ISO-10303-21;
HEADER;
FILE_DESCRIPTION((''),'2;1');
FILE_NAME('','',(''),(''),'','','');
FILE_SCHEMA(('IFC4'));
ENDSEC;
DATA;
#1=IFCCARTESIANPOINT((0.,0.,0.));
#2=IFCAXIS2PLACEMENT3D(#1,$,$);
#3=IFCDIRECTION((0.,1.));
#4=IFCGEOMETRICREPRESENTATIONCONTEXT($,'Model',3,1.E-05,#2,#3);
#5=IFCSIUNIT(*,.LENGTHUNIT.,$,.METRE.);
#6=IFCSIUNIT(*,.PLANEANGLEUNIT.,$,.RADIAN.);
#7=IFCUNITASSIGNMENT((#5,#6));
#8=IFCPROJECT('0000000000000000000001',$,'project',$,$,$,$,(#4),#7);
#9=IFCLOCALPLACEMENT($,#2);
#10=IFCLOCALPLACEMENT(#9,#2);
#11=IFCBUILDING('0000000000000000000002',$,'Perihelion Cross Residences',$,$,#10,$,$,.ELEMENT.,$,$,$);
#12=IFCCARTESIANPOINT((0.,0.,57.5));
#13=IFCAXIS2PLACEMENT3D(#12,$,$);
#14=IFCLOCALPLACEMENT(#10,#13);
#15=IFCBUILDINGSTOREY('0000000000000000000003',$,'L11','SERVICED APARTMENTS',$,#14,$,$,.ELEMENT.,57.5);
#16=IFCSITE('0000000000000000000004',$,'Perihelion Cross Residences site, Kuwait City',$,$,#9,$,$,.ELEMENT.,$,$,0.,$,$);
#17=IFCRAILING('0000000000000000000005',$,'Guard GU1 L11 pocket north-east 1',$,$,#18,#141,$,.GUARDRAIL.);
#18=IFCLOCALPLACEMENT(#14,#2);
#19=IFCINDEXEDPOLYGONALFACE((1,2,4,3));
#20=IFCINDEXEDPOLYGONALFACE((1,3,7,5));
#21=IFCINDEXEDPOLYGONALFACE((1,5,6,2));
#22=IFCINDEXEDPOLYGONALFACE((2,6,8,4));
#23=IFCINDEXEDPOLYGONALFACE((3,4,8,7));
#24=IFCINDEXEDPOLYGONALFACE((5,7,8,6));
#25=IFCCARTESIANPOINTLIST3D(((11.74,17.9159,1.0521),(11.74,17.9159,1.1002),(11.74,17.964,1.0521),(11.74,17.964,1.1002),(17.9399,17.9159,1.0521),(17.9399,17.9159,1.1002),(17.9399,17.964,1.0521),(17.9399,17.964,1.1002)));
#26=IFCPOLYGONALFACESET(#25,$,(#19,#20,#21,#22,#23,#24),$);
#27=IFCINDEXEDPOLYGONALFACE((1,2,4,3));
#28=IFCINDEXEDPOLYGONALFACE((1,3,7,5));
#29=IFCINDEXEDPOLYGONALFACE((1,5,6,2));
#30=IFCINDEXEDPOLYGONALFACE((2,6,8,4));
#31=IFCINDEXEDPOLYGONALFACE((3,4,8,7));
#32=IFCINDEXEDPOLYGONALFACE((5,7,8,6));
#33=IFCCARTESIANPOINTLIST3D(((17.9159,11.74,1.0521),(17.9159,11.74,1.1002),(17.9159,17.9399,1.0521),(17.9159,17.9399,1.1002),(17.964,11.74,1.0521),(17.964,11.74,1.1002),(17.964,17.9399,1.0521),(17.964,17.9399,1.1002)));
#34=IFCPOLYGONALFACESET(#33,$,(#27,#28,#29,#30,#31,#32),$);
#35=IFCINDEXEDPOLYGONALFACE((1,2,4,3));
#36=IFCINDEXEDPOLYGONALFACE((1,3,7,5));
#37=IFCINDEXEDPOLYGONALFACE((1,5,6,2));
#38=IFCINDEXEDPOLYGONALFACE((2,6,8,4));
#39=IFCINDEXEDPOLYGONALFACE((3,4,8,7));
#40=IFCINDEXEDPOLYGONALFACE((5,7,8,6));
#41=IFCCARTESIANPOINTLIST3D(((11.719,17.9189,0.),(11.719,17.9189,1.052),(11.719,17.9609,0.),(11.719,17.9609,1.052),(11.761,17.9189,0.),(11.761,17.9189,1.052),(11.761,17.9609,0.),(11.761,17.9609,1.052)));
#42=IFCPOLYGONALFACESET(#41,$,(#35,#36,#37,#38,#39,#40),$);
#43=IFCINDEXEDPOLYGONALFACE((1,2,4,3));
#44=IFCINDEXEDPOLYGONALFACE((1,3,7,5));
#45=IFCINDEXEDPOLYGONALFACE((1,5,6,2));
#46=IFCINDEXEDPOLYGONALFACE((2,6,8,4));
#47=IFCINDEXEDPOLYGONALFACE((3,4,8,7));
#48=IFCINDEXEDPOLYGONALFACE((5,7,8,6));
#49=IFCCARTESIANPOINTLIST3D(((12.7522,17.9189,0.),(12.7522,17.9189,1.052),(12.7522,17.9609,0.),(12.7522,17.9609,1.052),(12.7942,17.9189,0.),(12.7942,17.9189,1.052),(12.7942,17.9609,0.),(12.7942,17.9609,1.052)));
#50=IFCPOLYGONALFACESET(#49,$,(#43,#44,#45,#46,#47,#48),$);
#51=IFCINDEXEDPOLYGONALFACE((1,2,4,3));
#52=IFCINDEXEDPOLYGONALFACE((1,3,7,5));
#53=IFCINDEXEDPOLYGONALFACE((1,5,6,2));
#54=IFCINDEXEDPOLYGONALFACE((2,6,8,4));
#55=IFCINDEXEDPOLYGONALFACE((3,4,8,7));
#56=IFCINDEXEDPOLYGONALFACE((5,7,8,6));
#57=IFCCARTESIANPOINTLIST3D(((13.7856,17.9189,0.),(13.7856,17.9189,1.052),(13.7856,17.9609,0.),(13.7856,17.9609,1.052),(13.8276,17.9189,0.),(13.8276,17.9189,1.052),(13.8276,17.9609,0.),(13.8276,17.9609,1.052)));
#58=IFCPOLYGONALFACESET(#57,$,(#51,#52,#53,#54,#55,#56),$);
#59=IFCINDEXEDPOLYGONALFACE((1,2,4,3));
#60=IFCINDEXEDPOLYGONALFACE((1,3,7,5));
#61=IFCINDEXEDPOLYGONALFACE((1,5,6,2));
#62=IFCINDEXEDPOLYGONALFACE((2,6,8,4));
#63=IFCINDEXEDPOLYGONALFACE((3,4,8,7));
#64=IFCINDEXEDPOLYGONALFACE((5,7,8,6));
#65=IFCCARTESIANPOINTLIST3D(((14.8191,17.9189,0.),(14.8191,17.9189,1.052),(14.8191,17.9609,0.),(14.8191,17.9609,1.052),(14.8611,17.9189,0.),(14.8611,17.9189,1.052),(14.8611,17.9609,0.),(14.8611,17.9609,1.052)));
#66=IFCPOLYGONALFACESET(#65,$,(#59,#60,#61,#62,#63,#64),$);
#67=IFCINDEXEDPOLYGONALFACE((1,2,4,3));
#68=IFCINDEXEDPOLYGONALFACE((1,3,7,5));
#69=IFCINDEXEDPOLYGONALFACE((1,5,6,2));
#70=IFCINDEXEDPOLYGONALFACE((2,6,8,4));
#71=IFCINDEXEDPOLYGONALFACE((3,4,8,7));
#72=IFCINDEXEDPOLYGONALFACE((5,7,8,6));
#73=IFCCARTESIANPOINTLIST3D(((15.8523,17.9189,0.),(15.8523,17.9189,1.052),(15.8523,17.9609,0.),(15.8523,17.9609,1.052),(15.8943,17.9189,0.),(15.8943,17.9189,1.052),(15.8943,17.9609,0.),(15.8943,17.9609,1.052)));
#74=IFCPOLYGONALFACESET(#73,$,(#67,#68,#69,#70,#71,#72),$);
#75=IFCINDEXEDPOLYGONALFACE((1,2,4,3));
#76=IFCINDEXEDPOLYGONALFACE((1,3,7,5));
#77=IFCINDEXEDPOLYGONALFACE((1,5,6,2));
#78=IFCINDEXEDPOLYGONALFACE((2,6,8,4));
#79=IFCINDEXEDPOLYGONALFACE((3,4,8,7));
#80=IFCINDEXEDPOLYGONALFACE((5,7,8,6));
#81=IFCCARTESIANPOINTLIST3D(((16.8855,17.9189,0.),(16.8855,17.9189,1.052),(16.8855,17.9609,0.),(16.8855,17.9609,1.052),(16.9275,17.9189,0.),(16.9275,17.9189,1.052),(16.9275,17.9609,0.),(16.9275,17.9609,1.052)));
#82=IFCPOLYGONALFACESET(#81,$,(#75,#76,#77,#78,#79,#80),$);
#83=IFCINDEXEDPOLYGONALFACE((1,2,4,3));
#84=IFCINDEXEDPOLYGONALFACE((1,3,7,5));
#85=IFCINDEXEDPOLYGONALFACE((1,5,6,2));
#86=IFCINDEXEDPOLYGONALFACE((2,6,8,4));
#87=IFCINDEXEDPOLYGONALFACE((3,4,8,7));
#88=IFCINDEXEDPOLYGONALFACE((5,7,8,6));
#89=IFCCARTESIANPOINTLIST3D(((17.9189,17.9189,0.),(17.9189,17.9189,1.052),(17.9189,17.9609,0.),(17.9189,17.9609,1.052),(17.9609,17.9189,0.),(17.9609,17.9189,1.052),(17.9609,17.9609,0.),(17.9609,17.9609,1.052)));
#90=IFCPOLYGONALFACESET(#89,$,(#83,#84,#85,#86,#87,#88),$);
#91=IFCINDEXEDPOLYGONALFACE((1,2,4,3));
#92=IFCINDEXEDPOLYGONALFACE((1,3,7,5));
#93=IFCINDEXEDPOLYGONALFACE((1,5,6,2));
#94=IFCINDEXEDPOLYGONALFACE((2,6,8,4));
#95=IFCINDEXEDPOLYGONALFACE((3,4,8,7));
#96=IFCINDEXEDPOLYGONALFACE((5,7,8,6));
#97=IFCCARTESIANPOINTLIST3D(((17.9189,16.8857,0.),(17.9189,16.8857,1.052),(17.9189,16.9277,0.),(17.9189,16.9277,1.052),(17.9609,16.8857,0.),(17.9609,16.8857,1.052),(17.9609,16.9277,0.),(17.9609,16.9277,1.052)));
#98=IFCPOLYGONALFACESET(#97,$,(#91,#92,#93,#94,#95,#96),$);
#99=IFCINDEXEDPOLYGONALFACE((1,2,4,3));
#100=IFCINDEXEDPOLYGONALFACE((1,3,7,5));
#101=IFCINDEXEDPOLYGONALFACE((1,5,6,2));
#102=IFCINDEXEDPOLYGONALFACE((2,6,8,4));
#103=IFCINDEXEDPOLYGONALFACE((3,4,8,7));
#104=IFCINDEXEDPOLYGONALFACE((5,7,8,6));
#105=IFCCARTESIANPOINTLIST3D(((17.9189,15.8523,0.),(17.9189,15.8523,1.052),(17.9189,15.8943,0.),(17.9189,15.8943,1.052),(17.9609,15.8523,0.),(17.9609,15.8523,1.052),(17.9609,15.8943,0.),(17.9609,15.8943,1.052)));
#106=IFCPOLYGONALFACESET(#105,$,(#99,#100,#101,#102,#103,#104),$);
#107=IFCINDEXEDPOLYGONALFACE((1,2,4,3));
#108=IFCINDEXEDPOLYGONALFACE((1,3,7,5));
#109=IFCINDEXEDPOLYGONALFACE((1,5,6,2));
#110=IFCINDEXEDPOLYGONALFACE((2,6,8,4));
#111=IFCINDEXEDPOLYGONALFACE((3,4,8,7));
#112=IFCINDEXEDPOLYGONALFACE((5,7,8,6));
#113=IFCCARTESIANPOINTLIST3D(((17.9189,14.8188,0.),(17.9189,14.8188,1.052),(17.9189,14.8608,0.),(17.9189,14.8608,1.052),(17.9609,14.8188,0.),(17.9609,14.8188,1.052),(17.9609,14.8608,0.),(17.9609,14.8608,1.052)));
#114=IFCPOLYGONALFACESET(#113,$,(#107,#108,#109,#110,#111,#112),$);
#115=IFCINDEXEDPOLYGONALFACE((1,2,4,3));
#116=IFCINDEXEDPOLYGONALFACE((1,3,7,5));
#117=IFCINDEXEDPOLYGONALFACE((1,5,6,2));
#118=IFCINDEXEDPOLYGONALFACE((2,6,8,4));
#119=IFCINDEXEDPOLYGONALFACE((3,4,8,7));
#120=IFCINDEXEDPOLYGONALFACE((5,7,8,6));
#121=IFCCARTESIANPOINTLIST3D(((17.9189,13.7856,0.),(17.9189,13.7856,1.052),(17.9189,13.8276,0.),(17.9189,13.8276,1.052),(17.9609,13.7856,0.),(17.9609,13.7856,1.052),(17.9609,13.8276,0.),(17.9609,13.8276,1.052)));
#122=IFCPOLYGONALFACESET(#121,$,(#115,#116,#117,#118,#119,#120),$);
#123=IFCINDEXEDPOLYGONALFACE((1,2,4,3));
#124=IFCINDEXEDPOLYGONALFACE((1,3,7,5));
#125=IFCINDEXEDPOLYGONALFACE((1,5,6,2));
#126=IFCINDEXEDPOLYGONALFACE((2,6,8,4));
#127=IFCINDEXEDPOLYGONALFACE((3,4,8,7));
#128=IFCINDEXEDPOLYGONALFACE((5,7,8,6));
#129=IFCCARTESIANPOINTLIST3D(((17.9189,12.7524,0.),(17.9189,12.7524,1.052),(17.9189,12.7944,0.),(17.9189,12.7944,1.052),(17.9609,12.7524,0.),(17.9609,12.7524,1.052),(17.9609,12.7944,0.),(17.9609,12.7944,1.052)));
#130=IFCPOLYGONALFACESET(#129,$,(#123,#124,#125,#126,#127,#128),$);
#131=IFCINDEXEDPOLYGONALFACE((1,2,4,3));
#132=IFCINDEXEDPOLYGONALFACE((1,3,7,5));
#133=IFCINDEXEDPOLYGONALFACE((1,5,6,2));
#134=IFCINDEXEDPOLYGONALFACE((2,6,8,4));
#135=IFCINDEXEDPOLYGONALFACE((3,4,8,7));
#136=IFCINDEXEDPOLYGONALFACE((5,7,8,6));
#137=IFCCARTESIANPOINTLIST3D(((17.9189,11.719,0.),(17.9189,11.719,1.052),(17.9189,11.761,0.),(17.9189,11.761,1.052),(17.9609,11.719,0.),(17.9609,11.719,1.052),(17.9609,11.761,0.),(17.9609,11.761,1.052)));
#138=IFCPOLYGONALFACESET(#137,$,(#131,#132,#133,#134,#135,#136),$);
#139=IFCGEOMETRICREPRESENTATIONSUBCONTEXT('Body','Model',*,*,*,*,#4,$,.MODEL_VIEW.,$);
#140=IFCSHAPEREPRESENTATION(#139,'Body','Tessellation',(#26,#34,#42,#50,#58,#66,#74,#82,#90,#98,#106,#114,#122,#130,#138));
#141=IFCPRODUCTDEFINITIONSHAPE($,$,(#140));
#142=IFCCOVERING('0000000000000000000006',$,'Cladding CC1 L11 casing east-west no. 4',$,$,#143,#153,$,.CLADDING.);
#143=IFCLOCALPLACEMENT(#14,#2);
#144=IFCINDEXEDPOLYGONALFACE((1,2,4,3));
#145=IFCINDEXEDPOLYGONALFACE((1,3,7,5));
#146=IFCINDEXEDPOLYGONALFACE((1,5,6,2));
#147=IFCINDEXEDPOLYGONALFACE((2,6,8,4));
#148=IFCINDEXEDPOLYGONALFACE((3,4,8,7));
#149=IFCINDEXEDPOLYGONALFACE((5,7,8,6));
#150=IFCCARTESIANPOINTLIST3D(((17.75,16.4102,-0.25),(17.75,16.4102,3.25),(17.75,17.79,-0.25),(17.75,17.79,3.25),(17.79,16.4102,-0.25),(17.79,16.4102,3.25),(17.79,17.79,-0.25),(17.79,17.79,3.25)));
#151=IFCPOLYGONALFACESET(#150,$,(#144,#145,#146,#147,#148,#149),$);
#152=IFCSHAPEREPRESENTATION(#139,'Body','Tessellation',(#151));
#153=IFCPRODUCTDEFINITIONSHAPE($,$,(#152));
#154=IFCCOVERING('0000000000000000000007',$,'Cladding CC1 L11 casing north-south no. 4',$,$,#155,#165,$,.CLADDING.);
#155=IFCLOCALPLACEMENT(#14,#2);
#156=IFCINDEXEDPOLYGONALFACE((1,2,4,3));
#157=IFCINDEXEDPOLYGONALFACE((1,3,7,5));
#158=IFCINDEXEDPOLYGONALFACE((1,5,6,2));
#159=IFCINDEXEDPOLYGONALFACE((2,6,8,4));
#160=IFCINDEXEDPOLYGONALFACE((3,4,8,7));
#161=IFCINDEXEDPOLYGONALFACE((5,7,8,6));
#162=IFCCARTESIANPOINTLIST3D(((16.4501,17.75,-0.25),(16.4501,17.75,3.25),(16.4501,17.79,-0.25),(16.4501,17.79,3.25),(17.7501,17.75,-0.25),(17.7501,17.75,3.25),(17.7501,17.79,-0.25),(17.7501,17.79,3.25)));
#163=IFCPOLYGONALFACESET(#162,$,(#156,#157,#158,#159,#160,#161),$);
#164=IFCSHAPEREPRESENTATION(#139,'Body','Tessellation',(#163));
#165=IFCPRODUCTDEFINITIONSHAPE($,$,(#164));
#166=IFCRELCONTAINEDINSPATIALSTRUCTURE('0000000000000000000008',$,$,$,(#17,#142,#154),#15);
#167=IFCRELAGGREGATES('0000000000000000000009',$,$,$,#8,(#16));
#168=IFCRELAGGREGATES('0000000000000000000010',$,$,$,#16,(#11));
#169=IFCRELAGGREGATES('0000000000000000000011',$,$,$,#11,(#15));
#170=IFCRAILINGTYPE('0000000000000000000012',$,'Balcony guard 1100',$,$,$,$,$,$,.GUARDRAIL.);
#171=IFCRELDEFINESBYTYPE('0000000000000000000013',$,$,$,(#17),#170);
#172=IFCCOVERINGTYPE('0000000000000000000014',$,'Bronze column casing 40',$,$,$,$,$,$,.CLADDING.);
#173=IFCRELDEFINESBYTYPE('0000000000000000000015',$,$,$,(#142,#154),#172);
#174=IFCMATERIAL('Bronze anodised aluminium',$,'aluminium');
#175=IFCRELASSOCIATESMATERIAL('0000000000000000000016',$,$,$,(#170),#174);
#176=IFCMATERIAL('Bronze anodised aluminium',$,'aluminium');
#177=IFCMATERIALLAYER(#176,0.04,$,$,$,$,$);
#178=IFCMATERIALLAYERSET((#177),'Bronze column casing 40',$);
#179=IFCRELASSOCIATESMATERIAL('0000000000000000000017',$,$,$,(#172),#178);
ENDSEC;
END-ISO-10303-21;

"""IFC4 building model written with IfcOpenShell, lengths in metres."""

from ifc_helpers import new_model, si_unit, direction, frame, origin, origin_2d, place, context, subcontext, project, spatial, rectangle, extrude, material, layer, layer_set, type_object, element, save


model = new_model("IFC4")

# Units and contexts
model_context = context("Model", 3, precision=1e-05, world=origin(), true_north=direction((0.0, 1.0)))
body_context = subcontext(model_context, "Body", "Model", "MODEL_VIEW")
ifc_project = project(units=[si_unit("LENGTHUNIT", "METRE"), si_unit("PLANEANGLEUNIT", "RADIAN")], contexts=[model_context])

# Site, building, storey
site_placement = place(None, origin())
site = spatial("IfcSite", under=ifc_project, at=site_placement, Name="Perihelion Cross Residences site, Kuwait City", CompositionType="ELEMENT", RefElevation=0.0)
building_placement = place(site_placement, origin())
building = spatial("IfcBuilding", under=site, at=building_placement, Name="Perihelion Cross Residences", CompositionType="ELEMENT")
storey_placement = place(building_placement, frame((0.0, 0.0, 57.5)))
storey = spatial("IfcBuildingStorey", under=building, at=storey_placement, Name="L11", Description="SERVICED APARTMENTS", CompositionType="ELEMENT", Elevation=57.5)

# Railing
ifc_material_1 = material(Name="Bronze anodised aluminium", Category="aluminium")
railing_type = type_object("IfcRailingType", Name="Balcony guard 1100", PredefinedType="GUARDRAIL", material=ifc_material_1)
railing_1_placement = place(storey_placement, frame((11.74, 17.9399, 0.0)))
element("IfcRailing", 1, at=railing_1_placement, inside=storey, type_object=railing_type, Name="Guard GU1 L11 pocket north-east 1", PredefinedType="GUARDRAIL", context=body_context, shape_type="SweptSolid", body=[
    extrude(rectangle(XDim=0.0481, YDim=0.0481, at=origin_2d()), frame((0.0, 0.0, 1.0762), z_axis=(1.0, 0.0, 0.0), x_axis=(0.0, 1.0, 0.0)), (0.0, 0.0, 1.0), 6.2),
    extrude(rectangle(XDim=0.0481, YDim=0.0481, at=origin_2d()), frame((6.2, 0.0, 1.0762), z_axis=(0.0, -1.0, 0.0), x_axis=(1.0, 0.0, 0.0)), (0.0, 0.0, 1.0), 6.2),
    extrude(rectangle(XDim=0.042, YDim=0.042, at=origin_2d()), origin(), (0.0, 0.0, 1.0), 1.052),
    extrude(rectangle(XDim=0.042, YDim=0.042, at=origin_2d()), frame((1.0332, 0.0, 0.0)), (0.0, 0.0, 1.0), 1.052),
    extrude(rectangle(XDim=0.042, YDim=0.042, at=origin_2d()), frame((2.0667, 0.0, 0.0)), (0.0, 0.0, 1.0), 1.052),
    extrude(rectangle(XDim=0.042, YDim=0.042, at=origin_2d()), frame((3.1001, 0.0, 0.0)), (0.0, 0.0, 1.0), 1.052),
    extrude(rectangle(XDim=0.042, YDim=0.042, at=origin_2d()), frame((4.1333, 0.0, 0.0)), (0.0, 0.0, 1.0), 1.052),
    extrude(rectangle(XDim=0.042, YDim=0.042, at=origin_2d()), frame((5.1665, 0.0, 0.0)), (0.0, 0.0, 1.0), 1.052),
    extrude(rectangle(XDim=0.042, YDim=0.042, at=origin_2d()), frame((6.2, 0.0, 0.0)), (0.0, 0.0, 1.0), 1.052),
    extrude(rectangle(XDim=0.042, YDim=0.042, at=origin_2d()), frame((6.2, -1.0332, 0.0)), (0.0, 0.0, 1.0), 1.052),
    extrude(rectangle(XDim=0.042, YDim=0.042, at=origin_2d()), frame((6.2, -2.0667, 0.0)), (0.0, 0.0, 1.0), 1.052),
    extrude(rectangle(XDim=0.042, YDim=0.042, at=origin_2d()), frame((6.2, -3.1001, 0.0)), (0.0, 0.0, 1.0), 1.052),
    extrude(rectangle(XDim=0.042, YDim=0.042, at=origin_2d()), frame((6.2, -4.1333, 0.0)), (0.0, 0.0, 1.0), 1.052),
    extrude(rectangle(XDim=0.042, YDim=0.042, at=origin_2d()), frame((6.2, -5.1665, 0.0)), (0.0, 0.0, 1.0), 1.052),
    extrude(rectangle(XDim=0.042, YDim=0.042, at=origin_2d()), frame((6.2, -6.2, 0.0)), (0.0, 0.0, 1.0), 1.052),
])

# Coverings
ifc_material_2 = material(Name="Bronze anodised aluminium", Category="aluminium")
ifc_layer_1 = layer(ifc_material_2, 0.04)
ifc_layer_set_1 = layer_set([ifc_layer_1], Name="Bronze column casing 40")
covering_type = type_object("IfcCoveringType", Name="Bronze column casing 40", PredefinedType="CLADDING", material=ifc_layer_set_1)
covering_1_placement = place(storey_placement, frame((17.77, 17.1001, -0.25), z_axis=(0.0, 0.0, 1.0), x_axis=(1.0, 0.0, 0.0)))
element("IfcCovering", 2, at=covering_1_placement, inside=storey, type_object=covering_type, Name="Cladding CC1 L11 casing east-west no. 4", PredefinedType="CLADDING", context=body_context, shape_type="SweptSolid", body=[
    extrude(rectangle(XDim=0.04, YDim=1.3799, at=origin_2d()), origin(), (0.0, 0.0, 1.0), 3.5),
])
covering_2_placement = place(storey_placement, frame((17.1001, 17.77, -0.25), z_axis=(0.0, 0.0, 1.0), x_axis=(1.0, 0.0, 0.0)))
element("IfcCovering", 3, at=covering_2_placement, inside=storey, type_object=covering_type, Name="Cladding CC1 L11 casing north-south no. 4", PredefinedType="CLADDING", context=body_context, shape_type="SweptSolid", body=[
    extrude(rectangle(XDim=1.3, YDim=0.04, at=origin_2d()), origin(), (0.0, 0.0, 1.0), 3.5),
])

save(model, "model.ifc")
